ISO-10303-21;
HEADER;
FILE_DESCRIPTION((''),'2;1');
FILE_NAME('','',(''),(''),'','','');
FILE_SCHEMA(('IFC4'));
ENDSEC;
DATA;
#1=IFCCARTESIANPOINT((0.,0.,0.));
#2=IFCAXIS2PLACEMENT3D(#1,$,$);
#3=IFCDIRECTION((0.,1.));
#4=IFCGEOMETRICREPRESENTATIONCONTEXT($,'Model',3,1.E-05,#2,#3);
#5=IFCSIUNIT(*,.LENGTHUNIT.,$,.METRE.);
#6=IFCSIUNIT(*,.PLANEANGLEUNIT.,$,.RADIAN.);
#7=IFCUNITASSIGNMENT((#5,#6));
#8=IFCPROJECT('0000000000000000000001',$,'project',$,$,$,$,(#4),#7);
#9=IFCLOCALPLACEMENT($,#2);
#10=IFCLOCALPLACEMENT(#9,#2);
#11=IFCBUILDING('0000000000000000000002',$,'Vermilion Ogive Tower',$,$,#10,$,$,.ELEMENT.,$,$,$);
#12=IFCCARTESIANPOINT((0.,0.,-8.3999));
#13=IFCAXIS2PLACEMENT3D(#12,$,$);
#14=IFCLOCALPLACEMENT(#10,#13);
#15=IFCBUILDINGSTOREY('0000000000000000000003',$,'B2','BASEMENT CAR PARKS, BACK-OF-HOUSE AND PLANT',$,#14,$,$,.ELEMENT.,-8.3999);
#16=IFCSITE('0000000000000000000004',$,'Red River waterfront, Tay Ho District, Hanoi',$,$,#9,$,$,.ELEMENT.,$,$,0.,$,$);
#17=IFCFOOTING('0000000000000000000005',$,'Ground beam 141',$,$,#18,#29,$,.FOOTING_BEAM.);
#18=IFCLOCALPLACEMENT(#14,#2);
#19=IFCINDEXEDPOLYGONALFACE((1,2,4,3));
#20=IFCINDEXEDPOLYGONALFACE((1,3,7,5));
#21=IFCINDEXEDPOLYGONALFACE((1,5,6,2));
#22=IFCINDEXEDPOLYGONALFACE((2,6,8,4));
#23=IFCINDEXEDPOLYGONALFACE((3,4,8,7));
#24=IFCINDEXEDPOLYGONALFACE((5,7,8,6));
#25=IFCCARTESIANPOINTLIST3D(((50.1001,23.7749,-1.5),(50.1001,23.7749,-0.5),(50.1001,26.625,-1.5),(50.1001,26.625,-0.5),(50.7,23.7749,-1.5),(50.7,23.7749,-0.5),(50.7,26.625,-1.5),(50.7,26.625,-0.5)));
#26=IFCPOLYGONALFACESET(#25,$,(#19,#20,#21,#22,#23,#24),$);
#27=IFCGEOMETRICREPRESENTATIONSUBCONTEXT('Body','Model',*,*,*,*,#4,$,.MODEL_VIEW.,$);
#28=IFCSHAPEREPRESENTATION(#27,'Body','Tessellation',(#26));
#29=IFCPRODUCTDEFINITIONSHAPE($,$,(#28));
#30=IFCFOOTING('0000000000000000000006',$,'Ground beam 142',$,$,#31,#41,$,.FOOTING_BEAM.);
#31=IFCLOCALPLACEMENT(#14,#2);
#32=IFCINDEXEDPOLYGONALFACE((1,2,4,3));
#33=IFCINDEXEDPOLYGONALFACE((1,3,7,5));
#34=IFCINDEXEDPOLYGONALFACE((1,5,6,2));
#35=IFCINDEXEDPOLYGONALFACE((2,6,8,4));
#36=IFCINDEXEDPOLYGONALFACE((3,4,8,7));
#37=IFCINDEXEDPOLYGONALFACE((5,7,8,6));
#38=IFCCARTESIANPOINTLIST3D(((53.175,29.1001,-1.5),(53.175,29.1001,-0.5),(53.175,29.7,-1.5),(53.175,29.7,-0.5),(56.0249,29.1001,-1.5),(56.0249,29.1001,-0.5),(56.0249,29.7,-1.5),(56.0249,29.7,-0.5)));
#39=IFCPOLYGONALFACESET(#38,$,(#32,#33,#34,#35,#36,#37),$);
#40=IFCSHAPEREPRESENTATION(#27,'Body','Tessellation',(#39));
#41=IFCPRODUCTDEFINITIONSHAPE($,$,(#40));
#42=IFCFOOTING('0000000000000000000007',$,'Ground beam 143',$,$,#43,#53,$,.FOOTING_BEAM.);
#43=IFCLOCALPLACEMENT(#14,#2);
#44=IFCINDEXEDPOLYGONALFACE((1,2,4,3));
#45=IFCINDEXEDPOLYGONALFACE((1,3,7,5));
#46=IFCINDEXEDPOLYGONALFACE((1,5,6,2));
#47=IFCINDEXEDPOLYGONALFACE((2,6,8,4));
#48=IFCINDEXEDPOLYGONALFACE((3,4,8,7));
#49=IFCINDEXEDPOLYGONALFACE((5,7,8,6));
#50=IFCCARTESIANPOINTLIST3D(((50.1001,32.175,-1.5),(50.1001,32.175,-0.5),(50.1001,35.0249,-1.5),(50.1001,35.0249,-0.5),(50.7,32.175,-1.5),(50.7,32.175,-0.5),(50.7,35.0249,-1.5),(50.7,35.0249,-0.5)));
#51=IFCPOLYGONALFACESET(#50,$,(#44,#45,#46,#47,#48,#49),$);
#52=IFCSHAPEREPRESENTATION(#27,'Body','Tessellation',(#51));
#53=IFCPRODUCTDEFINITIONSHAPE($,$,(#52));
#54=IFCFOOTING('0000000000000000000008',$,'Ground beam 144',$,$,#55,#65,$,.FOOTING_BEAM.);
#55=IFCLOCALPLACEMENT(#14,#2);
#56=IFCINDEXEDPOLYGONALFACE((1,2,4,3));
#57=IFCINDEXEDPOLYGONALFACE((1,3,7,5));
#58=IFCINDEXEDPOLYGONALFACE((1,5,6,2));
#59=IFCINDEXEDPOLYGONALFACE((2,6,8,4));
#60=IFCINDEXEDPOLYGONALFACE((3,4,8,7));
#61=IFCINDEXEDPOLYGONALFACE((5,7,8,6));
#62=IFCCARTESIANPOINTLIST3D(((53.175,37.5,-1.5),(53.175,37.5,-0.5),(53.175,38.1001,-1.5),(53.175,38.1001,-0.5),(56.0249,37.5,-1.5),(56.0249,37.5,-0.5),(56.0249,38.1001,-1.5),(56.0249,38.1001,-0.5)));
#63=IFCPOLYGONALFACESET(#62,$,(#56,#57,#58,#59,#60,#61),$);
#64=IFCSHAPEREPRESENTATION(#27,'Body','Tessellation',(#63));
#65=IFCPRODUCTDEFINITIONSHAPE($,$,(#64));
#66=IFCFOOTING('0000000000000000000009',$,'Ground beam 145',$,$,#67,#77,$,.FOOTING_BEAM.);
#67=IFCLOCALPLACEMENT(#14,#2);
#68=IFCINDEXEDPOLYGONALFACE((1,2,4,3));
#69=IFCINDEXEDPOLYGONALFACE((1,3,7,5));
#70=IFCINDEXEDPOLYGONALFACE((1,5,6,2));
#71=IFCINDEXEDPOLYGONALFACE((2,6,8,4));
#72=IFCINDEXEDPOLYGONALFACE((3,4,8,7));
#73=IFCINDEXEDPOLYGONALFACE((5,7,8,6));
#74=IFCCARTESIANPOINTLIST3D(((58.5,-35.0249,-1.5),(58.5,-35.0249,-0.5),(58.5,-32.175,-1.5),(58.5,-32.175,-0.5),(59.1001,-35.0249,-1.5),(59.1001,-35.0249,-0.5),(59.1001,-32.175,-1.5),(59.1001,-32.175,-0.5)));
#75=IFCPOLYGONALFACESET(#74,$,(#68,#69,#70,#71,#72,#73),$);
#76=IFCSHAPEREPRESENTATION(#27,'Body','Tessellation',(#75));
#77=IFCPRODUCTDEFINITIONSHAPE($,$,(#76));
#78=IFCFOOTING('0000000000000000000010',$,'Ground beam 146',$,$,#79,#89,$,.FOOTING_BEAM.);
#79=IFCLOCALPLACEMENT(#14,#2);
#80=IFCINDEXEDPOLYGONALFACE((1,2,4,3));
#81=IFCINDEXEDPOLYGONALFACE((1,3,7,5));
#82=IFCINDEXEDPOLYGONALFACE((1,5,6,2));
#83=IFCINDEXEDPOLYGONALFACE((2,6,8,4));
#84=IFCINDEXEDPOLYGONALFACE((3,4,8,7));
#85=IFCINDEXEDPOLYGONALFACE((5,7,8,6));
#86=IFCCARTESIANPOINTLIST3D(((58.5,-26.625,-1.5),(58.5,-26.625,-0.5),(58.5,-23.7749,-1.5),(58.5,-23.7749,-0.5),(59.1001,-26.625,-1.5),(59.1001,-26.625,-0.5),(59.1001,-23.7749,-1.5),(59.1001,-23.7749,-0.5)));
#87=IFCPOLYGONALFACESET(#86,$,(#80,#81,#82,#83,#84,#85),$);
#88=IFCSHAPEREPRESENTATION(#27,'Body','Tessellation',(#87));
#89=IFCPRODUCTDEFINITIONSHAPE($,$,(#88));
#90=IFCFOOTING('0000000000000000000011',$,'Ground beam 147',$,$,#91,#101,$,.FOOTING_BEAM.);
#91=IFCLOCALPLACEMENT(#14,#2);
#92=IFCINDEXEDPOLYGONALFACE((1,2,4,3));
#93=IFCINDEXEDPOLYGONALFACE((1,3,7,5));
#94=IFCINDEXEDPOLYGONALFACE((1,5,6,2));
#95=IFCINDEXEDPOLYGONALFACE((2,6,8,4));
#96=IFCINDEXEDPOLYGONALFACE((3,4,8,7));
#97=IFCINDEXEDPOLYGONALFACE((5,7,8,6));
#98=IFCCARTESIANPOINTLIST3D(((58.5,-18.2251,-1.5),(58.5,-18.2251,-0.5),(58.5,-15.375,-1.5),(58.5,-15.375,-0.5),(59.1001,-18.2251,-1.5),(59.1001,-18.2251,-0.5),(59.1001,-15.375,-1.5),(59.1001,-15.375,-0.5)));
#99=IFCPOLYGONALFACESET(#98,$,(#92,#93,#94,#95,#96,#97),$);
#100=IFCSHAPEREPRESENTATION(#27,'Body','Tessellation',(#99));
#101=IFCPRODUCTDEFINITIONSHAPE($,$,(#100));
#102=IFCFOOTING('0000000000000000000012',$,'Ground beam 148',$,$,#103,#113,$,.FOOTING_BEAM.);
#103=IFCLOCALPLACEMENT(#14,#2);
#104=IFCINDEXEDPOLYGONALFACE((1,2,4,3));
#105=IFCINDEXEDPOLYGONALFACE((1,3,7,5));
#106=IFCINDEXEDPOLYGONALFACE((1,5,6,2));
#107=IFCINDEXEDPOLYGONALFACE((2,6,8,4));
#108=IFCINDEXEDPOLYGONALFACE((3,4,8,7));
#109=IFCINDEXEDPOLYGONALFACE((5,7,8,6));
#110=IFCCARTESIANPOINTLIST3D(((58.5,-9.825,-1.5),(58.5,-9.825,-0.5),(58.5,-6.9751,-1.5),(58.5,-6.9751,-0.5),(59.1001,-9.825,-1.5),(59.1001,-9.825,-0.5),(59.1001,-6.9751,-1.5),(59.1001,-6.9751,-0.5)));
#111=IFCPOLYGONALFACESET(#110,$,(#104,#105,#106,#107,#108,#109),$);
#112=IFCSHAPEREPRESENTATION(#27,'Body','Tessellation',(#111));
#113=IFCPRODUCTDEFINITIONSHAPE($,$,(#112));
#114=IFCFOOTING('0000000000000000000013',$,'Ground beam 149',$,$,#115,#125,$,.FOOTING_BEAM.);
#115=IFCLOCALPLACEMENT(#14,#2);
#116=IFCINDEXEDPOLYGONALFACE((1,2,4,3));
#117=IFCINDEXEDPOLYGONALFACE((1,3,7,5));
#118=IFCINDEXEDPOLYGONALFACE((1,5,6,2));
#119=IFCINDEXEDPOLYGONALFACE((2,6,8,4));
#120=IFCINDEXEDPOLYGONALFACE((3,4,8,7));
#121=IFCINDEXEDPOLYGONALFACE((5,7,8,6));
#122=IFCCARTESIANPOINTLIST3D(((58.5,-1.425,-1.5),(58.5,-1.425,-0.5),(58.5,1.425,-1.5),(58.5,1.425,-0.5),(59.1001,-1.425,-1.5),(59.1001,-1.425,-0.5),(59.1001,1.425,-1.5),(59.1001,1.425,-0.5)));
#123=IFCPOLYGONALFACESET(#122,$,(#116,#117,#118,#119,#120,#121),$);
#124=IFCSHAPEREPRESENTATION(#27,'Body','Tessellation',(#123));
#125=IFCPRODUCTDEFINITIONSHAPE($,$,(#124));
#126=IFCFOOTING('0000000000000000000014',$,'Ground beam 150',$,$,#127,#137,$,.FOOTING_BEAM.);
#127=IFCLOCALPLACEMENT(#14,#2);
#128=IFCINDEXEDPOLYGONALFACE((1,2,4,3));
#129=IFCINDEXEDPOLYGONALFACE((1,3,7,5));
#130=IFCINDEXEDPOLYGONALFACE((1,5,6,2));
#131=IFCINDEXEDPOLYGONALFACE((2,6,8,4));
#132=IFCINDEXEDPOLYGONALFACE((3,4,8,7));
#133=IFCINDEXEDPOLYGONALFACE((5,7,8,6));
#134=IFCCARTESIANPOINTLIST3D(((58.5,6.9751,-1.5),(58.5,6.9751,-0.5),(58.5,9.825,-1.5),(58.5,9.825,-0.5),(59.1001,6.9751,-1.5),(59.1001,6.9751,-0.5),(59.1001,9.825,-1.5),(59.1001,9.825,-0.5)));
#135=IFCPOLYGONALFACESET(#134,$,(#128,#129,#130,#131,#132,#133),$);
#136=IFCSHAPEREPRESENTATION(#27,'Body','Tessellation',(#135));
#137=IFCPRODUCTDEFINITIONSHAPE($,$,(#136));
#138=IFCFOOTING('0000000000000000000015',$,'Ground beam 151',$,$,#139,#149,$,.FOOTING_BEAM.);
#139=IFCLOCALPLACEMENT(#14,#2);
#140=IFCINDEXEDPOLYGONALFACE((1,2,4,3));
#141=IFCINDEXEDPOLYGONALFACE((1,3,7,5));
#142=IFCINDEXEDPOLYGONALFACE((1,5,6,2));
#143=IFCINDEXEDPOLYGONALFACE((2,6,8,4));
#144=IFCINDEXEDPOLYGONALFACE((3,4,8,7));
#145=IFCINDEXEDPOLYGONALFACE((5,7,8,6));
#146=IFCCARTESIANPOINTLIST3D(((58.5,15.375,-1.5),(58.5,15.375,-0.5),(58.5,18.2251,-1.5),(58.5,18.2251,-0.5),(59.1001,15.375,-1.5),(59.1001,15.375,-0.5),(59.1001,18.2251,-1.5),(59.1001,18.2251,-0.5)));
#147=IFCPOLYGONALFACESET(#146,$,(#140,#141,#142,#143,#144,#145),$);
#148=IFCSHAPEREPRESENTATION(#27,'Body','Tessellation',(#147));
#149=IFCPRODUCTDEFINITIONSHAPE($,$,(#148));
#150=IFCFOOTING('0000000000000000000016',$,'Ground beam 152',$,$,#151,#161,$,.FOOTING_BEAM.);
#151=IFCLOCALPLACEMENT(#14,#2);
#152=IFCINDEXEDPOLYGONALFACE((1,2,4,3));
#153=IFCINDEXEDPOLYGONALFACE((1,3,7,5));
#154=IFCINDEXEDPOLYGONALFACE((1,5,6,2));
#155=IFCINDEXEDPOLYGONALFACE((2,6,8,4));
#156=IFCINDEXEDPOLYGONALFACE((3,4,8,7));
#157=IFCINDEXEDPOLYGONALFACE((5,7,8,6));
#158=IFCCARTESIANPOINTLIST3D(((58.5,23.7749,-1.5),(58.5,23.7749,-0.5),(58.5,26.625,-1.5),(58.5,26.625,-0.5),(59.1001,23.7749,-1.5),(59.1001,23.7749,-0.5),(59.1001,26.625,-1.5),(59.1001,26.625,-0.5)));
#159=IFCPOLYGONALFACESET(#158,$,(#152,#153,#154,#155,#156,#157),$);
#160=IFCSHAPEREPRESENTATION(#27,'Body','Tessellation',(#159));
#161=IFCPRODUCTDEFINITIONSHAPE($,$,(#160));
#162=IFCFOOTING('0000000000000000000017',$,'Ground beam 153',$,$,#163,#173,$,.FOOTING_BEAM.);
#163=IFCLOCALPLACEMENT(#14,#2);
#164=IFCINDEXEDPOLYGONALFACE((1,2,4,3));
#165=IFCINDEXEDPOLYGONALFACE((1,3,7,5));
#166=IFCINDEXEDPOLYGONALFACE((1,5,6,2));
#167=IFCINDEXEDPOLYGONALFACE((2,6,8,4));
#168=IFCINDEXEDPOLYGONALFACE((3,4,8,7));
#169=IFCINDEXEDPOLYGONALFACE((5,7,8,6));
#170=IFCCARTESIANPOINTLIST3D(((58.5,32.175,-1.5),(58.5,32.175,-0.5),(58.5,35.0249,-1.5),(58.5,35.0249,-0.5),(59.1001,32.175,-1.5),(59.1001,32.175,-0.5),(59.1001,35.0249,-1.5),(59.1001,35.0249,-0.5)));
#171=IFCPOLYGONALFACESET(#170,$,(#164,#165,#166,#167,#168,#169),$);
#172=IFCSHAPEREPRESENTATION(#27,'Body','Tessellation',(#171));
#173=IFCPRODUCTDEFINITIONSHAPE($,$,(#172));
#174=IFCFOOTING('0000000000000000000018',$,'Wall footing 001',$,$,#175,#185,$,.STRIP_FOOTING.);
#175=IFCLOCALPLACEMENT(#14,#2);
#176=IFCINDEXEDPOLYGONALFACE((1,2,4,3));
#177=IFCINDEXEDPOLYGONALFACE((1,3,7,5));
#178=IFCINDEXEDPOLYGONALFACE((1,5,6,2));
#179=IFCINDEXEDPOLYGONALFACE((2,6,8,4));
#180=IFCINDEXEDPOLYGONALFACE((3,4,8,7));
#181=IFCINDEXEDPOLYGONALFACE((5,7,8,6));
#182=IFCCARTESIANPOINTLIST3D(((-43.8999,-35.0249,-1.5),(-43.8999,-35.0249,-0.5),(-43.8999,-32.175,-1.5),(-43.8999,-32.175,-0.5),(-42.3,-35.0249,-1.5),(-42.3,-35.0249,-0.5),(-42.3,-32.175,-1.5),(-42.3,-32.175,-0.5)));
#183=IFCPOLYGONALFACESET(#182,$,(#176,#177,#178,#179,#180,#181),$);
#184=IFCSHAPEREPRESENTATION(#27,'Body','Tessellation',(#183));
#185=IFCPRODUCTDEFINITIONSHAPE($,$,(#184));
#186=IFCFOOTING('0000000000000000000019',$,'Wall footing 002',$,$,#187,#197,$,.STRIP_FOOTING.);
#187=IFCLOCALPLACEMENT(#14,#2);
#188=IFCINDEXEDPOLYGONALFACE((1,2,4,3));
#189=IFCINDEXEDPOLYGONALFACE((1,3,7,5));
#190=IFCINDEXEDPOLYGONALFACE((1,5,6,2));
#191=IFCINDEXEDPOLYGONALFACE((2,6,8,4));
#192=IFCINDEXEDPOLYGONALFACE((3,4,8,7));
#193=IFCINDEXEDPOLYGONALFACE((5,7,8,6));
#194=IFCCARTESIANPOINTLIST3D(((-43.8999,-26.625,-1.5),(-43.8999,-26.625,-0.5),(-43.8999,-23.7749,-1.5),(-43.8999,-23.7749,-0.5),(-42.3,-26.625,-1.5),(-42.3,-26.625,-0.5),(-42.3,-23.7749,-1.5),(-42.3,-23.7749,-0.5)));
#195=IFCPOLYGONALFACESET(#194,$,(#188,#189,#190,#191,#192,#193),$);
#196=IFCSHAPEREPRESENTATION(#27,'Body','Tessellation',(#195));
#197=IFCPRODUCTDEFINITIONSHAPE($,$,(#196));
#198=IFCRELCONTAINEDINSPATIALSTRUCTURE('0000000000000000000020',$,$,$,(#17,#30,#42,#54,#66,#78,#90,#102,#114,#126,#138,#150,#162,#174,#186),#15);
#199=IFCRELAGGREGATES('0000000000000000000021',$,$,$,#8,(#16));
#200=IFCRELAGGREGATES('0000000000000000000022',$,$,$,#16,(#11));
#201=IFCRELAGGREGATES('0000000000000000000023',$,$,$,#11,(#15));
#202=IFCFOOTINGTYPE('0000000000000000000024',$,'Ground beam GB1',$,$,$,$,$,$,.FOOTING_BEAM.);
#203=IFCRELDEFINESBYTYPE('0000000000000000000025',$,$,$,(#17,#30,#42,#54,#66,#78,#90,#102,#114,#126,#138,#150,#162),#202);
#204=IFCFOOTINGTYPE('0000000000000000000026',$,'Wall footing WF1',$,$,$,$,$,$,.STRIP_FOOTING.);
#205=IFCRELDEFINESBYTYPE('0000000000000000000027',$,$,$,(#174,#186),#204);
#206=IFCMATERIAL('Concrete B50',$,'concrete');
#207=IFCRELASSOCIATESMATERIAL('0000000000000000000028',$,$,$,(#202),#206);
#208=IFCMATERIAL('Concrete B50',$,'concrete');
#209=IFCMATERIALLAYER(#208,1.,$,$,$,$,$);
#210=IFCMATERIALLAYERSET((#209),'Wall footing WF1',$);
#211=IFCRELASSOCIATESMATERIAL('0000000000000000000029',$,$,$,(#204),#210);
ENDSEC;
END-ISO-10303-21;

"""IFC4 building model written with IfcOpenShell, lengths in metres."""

from ifc_helpers import new_model, si_unit, direction, frame, origin, place, context, subcontext, project, spatial, polyline, outline, extrude, material, layer, layer_set, type_object, element, save


model = new_model("IFC4")

# Units and contexts
model_context = context("Model", 3, precision=1e-05, world=origin(), true_north=direction((0.0, 1.0)))
body_context = subcontext(model_context, "Body", "Model", "MODEL_VIEW")
ifc_project = project(units=[si_unit("LENGTHUNIT", "METRE"), si_unit("PLANEANGLEUNIT", "RADIAN")], contexts=[model_context])

# Site, building, storey
site_placement = place(None, origin())
site = spatial("IfcSite", under=ifc_project, at=site_placement, Name="Red River waterfront, Tay Ho District, Hanoi", CompositionType="ELEMENT", RefElevation=0.0)
building_placement = place(site_placement, origin())
building = spatial("IfcBuilding", under=site, at=building_placement, Name="Vermilion Ogive Tower", CompositionType="ELEMENT")
storey_placement = place(building_placement, frame((0.0, 0.0, -8.3999)))
storey = spatial("IfcBuildingStorey", under=building, at=storey_placement, Name="B2", Description="BASEMENT CAR PARKS, BACK-OF-HOUSE AND PLANT", CompositionType="ELEMENT", Elevation=-8.3999)

# Footings
ifc_material_1 = material(Name="Concrete B50", Category="concrete")
footing_type_1 = type_object("IfcFootingType", Name="Ground beam GB1", PredefinedType="FOOTING_BEAM", material=ifc_material_1)
footing_1_placement = place(storey_placement, frame((0.0, 0.0, -1.5)))
element("IfcFooting", 1, at=footing_1_placement, inside=storey, type_object=footing_type_1, Name="Ground beam 141", PredefinedType="FOOTING_BEAM", context=body_context, shape_type="SweptSolid", body=[
    extrude(outline(polyline([(50.7, 23.7749), (50.7, 26.625), (50.1001, 26.625), (50.1001, 23.7749), (50.7, 23.7749)])), origin(), (0.0, 0.0, 1.0), 1.0),
])
footing_2_placement = place(storey_placement, frame((0.0, 0.0, -1.5)))
element("IfcFooting", 2, at=footing_2_placement, inside=storey, type_object=footing_type_1, Name="Ground beam 142", PredefinedType="FOOTING_BEAM", context=body_context, shape_type="SweptSolid", body=[
    extrude(outline(polyline([(56.0249, 29.1001), (56.0249, 29.7), (53.175, 29.7), (53.175, 29.1001), (56.0249, 29.1001)])), origin(), (0.0, 0.0, 1.0), 1.0),
])
footing_3_placement = place(storey_placement, frame((0.0, 0.0, -1.5)))
element("IfcFooting", 3, at=footing_3_placement, inside=storey, type_object=footing_type_1, Name="Ground beam 143", PredefinedType="FOOTING_BEAM", context=body_context, shape_type="SweptSolid", body=[
    extrude(outline(polyline([(50.7, 32.175), (50.7, 35.0249), (50.1001, 35.0249), (50.1001, 32.175), (50.7, 32.175)])), origin(), (0.0, 0.0, 1.0), 1.0),
])
footing_4_placement = place(storey_placement, frame((0.0, 0.0, -1.5)))
element("IfcFooting", 4, at=footing_4_placement, inside=storey, type_object=footing_type_1, Name="Ground beam 144", PredefinedType="FOOTING_BEAM", context=body_context, shape_type="SweptSolid", body=[
    extrude(outline(polyline([(56.0249, 37.5), (56.0249, 38.1001), (53.175, 38.1001), (53.175, 37.5), (56.0249, 37.5)])), origin(), (0.0, 0.0, 1.0), 1.0),
])
footing_5_placement = place(storey_placement, frame((0.0, 0.0, -1.5)))
element("IfcFooting", 5, at=footing_5_placement, inside=storey, type_object=footing_type_1, Name="Ground beam 145", PredefinedType="FOOTING_BEAM", context=body_context, shape_type="SweptSolid", body=[
    extrude(outline(polyline([(59.1001, -35.0249), (59.1001, -32.175), (58.5, -32.175), (58.5, -35.0249), (59.1001, -35.0249)])), origin(), (0.0, 0.0, 1.0), 1.0),
])
footing_6_placement = place(storey_placement, frame((0.0, 0.0, -1.5)))
element("IfcFooting", 6, at=footing_6_placement, inside=storey, type_object=footing_type_1, Name="Ground beam 146", PredefinedType="FOOTING_BEAM", context=body_context, shape_type="SweptSolid", body=[
    extrude(outline(polyline([(59.1001, -26.625), (59.1001, -23.7749), (58.5, -23.7749), (58.5, -26.625), (59.1001, -26.625)])), origin(), (0.0, 0.0, 1.0), 1.0),
])
footing_7_placement = place(storey_placement, frame((0.0, 0.0, -1.5)))
element("IfcFooting", 7, at=footing_7_placement, inside=storey, type_object=footing_type_1, Name="Ground beam 147", PredefinedType="FOOTING_BEAM", context=body_context, shape_type="SweptSolid", body=[
    extrude(outline(polyline([(59.1001, -18.2251), (59.1001, -15.375), (58.5, -15.375), (58.5, -18.2251), (59.1001, -18.2251)])), origin(), (0.0, 0.0, 1.0), 1.0),
])
footing_8_placement = place(storey_placement, frame((0.0, 0.0, -1.5)))
element("IfcFooting", 8, at=footing_8_placement, inside=storey, type_object=footing_type_1, Name="Ground beam 148", PredefinedType="FOOTING_BEAM", context=body_context, shape_type="SweptSolid", body=[
    extrude(outline(polyline([(59.1001, -9.825), (59.1001, -6.9751), (58.5, -6.9751), (58.5, -9.825), (59.1001, -9.825)])), origin(), (0.0, 0.0, 1.0), 1.0),
])
footing_9_placement = place(storey_placement, frame((0.0, 0.0, -1.5)))
element("IfcFooting", 9, at=footing_9_placement, inside=storey, type_object=footing_type_1, Name="Ground beam 149", PredefinedType="FOOTING_BEAM", context=body_context, shape_type="SweptSolid", body=[
    extrude(outline(polyline([(59.1001, -1.425), (59.1001, 1.425), (58.5, 1.425), (58.5, -1.425), (59.1001, -1.425)])), origin(), (0.0, 0.0, 1.0), 1.0),
])
footing_10_placement = place(storey_placement, frame((0.0, 0.0, -1.5)))
element("IfcFooting", 10, at=footing_10_placement, inside=storey, type_object=footing_type_1, Name="Ground beam 150", PredefinedType="FOOTING_BEAM", context=body_context, shape_type="SweptSolid", body=[
    extrude(outline(polyline([(59.1001, 6.9751), (59.1001, 9.825), (58.5, 9.825), (58.5, 6.9751), (59.1001, 6.9751)])), origin(), (0.0, 0.0, 1.0), 1.0),
])
footing_11_placement = place(storey_placement, frame((0.0, 0.0, -1.5)))
element("IfcFooting", 11, at=footing_11_placement, inside=storey, type_object=footing_type_1, Name="Ground beam 151", PredefinedType="FOOTING_BEAM", context=body_context, shape_type="SweptSolid", body=[
    extrude(outline(polyline([(59.1001, 15.375), (59.1001, 18.2251), (58.5, 18.2251), (58.5, 15.375), (59.1001, 15.375)])), origin(), (0.0, 0.0, 1.0), 1.0),
])
footing_12_placement = place(storey_placement, frame((0.0, 0.0, -1.5)))
element("IfcFooting", 12, at=footing_12_placement, inside=storey, type_object=footing_type_1, Name="Ground beam 152", PredefinedType="FOOTING_BEAM", context=body_context, shape_type="SweptSolid", body=[
    extrude(outline(polyline([(59.1001, 23.7749), (59.1001, 26.625), (58.5, 26.625), (58.5, 23.7749), (59.1001, 23.7749)])), origin(), (0.0, 0.0, 1.0), 1.0),
])
footing_13_placement = place(storey_placement, frame((0.0, 0.0, -1.5)))
element("IfcFooting", 13, at=footing_13_placement, inside=storey, type_object=footing_type_1, Name="Ground beam 153", PredefinedType="FOOTING_BEAM", context=body_context, shape_type="SweptSolid", body=[
    extrude(outline(polyline([(59.1001, 32.175), (59.1001, 35.0249), (58.5, 35.0249), (58.5, 32.175), (59.1001, 32.175)])), origin(), (0.0, 0.0, 1.0), 1.0),
])
ifc_material_2 = material(Name="Concrete B50", Category="concrete")
ifc_layer_1 = layer(ifc_material_2, 1.0)
ifc_layer_set_1 = layer_set([ifc_layer_1], Name="Wall footing WF1")
footing_type_2 = type_object("IfcFootingType", Name="Wall footing WF1", PredefinedType="STRIP_FOOTING", material=ifc_layer_set_1)
footing_14_placement = place(storey_placement, frame((0.0, 0.0, -1.5)))
element("IfcFooting", 14, at=footing_14_placement, inside=storey, type_object=footing_type_2, Name="Wall footing 001", PredefinedType="STRIP_FOOTING", context=body_context, shape_type="SweptSolid", body=[
    extrude(outline(polyline([(-42.3, -32.175), (-43.8999, -32.175), (-43.8999, -35.0249), (-42.3, -35.0249), (-42.3, -32.175)])), origin(), (0.0, 0.0, 1.0), 1.0),
])
footing_15_placement = place(storey_placement, frame((0.0, 0.0, -1.5)))
element("IfcFooting", 15, at=footing_15_placement, inside=storey, type_object=footing_type_2, Name="Wall footing 002", PredefinedType="STRIP_FOOTING", context=body_context, shape_type="SweptSolid", body=[
    extrude(outline(polyline([(-42.3, -23.7749), (-43.8999, -23.7749), (-43.8999, -26.625), (-42.3, -26.625), (-42.3, -23.7749)])), origin(), (0.0, 0.0, 1.0), 1.0),
])

save(model, "model.ifc")
